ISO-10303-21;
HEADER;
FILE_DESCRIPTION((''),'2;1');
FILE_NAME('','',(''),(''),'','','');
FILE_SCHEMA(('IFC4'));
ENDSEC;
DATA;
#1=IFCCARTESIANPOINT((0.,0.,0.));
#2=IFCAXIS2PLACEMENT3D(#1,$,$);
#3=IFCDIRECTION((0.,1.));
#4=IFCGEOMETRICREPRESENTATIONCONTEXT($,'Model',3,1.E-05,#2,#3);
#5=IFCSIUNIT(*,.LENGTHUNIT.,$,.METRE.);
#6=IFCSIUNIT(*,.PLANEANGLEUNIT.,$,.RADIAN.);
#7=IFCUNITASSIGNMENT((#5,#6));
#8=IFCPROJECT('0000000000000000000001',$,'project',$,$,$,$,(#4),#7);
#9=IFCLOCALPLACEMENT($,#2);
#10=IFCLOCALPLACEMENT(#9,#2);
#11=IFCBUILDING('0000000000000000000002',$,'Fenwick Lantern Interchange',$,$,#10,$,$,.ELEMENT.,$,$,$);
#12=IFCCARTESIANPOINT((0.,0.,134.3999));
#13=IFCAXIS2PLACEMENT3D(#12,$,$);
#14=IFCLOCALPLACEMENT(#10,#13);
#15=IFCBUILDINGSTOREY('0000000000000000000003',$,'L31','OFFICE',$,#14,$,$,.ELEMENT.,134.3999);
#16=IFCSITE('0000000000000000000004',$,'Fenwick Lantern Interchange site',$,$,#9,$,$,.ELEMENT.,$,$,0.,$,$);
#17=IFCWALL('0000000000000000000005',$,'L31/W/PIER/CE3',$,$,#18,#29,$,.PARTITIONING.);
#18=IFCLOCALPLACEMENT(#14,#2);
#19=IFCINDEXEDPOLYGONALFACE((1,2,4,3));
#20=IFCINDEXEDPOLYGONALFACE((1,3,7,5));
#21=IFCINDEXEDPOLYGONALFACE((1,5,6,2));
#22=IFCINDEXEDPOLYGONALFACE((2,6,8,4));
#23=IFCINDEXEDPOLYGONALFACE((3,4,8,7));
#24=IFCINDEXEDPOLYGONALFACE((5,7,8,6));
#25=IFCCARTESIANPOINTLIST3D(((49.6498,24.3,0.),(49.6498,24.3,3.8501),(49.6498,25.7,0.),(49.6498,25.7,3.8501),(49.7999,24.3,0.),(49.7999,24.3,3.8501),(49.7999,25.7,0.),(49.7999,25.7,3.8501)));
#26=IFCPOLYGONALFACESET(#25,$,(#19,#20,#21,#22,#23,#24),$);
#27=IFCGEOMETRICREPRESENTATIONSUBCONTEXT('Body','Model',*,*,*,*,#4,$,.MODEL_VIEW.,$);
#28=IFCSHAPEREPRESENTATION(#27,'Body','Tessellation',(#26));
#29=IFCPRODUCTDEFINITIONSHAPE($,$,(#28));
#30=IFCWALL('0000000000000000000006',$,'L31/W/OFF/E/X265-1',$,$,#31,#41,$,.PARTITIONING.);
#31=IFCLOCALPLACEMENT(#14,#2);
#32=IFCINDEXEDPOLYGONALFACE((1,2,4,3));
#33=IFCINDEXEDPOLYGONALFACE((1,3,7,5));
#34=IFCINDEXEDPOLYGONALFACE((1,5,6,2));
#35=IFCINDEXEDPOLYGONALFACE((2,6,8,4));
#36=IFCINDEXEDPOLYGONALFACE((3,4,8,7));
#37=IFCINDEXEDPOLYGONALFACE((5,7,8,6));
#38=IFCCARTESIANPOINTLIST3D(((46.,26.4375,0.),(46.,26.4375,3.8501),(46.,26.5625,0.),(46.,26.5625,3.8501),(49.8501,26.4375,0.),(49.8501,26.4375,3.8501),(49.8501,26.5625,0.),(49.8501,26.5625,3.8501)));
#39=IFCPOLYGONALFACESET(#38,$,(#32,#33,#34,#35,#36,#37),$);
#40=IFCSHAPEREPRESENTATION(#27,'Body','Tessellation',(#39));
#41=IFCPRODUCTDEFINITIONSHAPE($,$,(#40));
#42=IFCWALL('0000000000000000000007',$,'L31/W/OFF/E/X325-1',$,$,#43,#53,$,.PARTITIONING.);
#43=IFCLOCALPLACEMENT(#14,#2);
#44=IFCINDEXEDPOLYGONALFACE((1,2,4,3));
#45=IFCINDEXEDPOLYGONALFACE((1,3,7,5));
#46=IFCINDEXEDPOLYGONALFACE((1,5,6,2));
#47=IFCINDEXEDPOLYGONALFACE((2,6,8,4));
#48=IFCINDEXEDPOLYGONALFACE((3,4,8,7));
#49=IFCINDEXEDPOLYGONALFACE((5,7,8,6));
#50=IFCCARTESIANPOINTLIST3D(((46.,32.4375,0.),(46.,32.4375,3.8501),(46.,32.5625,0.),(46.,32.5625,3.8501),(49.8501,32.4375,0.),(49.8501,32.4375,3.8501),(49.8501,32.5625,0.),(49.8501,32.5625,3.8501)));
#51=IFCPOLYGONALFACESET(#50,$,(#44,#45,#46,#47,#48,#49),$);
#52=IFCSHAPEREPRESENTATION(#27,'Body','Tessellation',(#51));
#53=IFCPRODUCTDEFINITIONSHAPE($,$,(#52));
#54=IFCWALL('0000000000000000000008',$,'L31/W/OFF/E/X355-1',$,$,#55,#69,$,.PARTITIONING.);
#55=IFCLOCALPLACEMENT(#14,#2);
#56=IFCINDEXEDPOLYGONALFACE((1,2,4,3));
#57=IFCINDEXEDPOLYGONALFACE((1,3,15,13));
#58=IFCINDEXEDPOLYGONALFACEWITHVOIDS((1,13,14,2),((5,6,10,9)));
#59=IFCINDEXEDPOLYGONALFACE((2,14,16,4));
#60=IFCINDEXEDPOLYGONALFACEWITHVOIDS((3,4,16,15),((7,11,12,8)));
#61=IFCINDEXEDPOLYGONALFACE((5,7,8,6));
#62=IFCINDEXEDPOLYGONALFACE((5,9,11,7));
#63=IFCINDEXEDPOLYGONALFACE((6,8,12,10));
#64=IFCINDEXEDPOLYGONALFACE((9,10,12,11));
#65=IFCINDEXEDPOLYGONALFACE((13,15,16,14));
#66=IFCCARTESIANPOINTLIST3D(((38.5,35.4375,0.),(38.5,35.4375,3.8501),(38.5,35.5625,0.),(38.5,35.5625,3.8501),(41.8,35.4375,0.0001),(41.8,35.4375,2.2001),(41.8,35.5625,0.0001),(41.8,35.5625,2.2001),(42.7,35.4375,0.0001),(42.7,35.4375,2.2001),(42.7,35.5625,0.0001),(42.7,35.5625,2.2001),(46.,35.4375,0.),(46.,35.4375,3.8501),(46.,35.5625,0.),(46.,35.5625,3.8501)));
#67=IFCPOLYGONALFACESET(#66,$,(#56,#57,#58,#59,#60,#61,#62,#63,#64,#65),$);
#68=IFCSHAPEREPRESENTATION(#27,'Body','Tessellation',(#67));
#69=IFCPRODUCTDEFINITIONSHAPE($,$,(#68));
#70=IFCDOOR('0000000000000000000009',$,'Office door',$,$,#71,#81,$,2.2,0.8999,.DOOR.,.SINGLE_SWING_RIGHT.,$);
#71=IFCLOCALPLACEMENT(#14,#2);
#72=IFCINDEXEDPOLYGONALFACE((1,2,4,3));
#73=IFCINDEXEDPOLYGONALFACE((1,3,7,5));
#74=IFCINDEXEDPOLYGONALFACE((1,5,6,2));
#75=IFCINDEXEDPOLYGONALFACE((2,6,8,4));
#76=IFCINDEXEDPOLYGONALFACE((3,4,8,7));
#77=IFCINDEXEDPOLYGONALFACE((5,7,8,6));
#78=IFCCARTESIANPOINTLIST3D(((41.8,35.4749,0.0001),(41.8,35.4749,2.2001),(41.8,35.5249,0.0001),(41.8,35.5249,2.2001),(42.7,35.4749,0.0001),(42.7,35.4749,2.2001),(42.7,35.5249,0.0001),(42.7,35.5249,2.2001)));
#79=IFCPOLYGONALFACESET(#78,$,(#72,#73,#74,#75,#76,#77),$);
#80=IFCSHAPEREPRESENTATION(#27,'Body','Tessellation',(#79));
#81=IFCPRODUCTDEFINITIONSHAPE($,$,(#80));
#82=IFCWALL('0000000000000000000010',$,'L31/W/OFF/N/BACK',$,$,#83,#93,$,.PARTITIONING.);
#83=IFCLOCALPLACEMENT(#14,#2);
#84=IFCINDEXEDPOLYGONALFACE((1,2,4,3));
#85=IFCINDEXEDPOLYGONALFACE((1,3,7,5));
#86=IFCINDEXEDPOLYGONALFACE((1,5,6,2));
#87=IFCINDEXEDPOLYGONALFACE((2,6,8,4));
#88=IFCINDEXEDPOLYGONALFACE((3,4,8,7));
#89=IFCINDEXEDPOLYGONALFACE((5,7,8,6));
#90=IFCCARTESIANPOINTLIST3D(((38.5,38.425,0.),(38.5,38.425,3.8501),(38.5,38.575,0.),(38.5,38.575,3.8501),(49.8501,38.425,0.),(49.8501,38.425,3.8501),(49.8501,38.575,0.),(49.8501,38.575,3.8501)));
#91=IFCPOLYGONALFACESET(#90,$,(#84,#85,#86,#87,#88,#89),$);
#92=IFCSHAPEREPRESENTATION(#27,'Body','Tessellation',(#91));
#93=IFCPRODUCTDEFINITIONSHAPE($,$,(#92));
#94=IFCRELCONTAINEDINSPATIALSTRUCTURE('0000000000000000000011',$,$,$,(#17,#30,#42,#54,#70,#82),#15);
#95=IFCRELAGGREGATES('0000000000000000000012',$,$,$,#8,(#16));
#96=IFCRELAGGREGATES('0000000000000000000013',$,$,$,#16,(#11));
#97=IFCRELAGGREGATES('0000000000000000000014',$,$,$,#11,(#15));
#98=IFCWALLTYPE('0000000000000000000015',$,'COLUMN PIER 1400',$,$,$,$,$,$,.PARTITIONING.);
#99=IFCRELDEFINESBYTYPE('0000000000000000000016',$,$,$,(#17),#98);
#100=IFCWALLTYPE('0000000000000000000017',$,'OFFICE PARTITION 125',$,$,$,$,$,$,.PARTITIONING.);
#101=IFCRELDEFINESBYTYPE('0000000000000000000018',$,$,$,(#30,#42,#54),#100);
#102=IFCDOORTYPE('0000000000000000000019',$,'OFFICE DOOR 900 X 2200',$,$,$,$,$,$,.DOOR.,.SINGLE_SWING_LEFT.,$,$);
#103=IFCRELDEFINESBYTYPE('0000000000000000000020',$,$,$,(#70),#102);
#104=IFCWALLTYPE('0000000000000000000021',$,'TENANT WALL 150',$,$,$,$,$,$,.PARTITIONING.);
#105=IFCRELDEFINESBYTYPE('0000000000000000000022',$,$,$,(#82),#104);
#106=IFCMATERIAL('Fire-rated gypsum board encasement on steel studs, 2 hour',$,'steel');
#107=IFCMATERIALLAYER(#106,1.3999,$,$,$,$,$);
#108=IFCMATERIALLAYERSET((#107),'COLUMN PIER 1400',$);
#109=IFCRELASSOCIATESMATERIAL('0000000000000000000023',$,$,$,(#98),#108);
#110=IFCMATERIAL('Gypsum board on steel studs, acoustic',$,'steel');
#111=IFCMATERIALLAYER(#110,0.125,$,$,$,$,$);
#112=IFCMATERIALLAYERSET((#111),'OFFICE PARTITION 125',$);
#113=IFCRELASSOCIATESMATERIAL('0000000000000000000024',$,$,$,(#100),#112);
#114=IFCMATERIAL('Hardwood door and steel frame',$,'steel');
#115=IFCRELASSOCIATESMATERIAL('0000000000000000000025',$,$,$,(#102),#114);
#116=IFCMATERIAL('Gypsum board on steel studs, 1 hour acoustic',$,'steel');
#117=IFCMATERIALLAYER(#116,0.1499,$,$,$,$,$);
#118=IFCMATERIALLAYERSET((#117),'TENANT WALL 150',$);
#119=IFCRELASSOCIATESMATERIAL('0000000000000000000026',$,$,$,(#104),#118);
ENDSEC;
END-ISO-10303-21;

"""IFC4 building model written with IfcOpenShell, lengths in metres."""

from ifc_helpers import new_model, si_unit, direction, frame, frame_2d, origin, place, context, subcontext, project, spatial, rectangle, extrude, material, layer, layer_set, type_object, element, fill, save


model = new_model("IFC4")

# Units and contexts
model_context = context("Model", 3, precision=1e-05, world=origin(), true_north=direction((0.0, 1.0)))
body_context = subcontext(model_context, "Body", "Model", "MODEL_VIEW")
ifc_project = project(units=[si_unit("LENGTHUNIT", "METRE"), si_unit("PLANEANGLEUNIT", "RADIAN")], contexts=[model_context])

# Site, building, storey
site_placement = place(None, origin())
site = spatial("IfcSite", under=ifc_project, at=site_placement, Name="Fenwick Lantern Interchange site", CompositionType="ELEMENT", RefElevation=0.0)
building_placement = place(site_placement, origin())
building = spatial("IfcBuilding", under=site, at=building_placement, Name="Fenwick Lantern Interchange", CompositionType="ELEMENT")
storey_placement = place(building_placement, frame((0.0, 0.0, 134.3999)))
storey = spatial("IfcBuildingStorey", under=building, at=storey_placement, Name="L31", Description="OFFICE", CompositionType="ELEMENT", Elevation=134.3999)

# Walls
ifc_material_1 = material(Name="Fire-rated gypsum board encasement on steel studs, 2 hour", Category="steel")
ifc_layer_1 = layer(ifc_material_1, 1.3999)
ifc_layer_set_1 = layer_set([ifc_layer_1], Name="COLUMN PIER 1400")
wall_type_1 = type_object("IfcWallType", Name="COLUMN PIER 1400", PredefinedType="PARTITIONING", material=ifc_layer_set_1)
wall_1_placement = place(storey_placement, frame((49.8, 25.0, 0.0), z_axis=(0.0, 0.0, 1.0), x_axis=(-1.0, 0.0, 0.0)))
element("IfcWall", 1, at=wall_1_placement, inside=storey, type_object=wall_type_1, Name="L31/W/PIER/CE3", PredefinedType="PARTITIONING", context=body_context, shape_type="SweptSolid", body=[
    extrude(rectangle(XDim=0.1501, YDim=1.3999, at=frame_2d((0.0752, 0.0))), origin(), (0.0, 0.0, 1.0), 3.8501),
])
ifc_material_2 = material(Name="Gypsum board on steel studs, acoustic", Category="steel")
ifc_layer_2 = layer(ifc_material_2, 0.125)
ifc_layer_set_2 = layer_set([ifc_layer_2], Name="OFFICE PARTITION 125")
wall_type_2 = type_object("IfcWallType", Name="OFFICE PARTITION 125", PredefinedType="PARTITIONING", material=ifc_layer_set_2)
for number, where, z_axis, x_axis, name in (
    (2, (49.8501, 26.5, 0.0), (0.0, 0.0, 1.0), (-1.0, 0.0, 0.0), "L31/W/OFF/E/X265-1"),
    (3, (49.8501, 32.5, 0.0), (0.0, 0.0, 1.0), (-1.0, 0.0, 0.0), "L31/W/OFF/E/X325-1"),
):
    element("IfcWall", number, at=place(storey_placement, frame(where, z_axis=z_axis, x_axis=x_axis)), inside=storey, type_object=wall_type_2, Name=name, PredefinedType="PARTITIONING", context=body_context, shape_type="SweptSolid", body=[
        extrude(rectangle(XDim=3.8501, YDim=0.125, at=frame_2d((1.925, 0.0))), origin(), (0.0, 0.0, 1.0), 3.8501),
    ])

# Wall, opening, door
wall_2_placement = place(storey_placement, frame((46.0, 35.5, 0.0), z_axis=(0.0, 0.0, 1.0), x_axis=(-1.0, 0.0, 0.0)))
wall_2 = element("IfcWall", 4, at=wall_2_placement, inside=storey, type_object=wall_type_2, Name="L31/W/OFF/E/X355-1", PredefinedType="PARTITIONING", context=body_context, shape_type="SweptSolid", body=[
    extrude(rectangle(XDim=7.5, YDim=0.125, at=frame_2d((3.75, 0.0))), origin(), (0.0, 0.0, 1.0), 3.8501),
])
opening_placement = place(wall_2_placement, frame((3.3, 0.0, 0.0)))
opening = element("IfcOpeningElement", 5, at=opening_placement, cuts=wall_2, PredefinedType="OPENING", context=body_context, shape_type="SweptSolid", body=[
    extrude(rectangle(XDim=0.8999, YDim=2.2, at=frame_2d((0.45, 1.1001))), frame((0.0, 0.0725, 0.0), z_axis=(0.0, -1.0, 0.0), x_axis=(1.0, 0.0, 0.0)), (0.0, 0.0, 1.0), 0.145),
])
ifc_material_3 = material(Name="Hardwood door and steel frame", Category="steel")
door_type = type_object("IfcDoorType", Name="OFFICE DOOR 900 X 2200", OperationType="SINGLE_SWING_LEFT", PredefinedType="DOOR", material=ifc_material_3)
door_placement = place(opening_placement, frame((0.8999, 0.0, 0.0), z_axis=(0.0, 0.0, 1.0), x_axis=(-1.0, 0.0, 0.0)))
door = element("IfcDoor", 6, at=door_placement, inside=storey, type_object=door_type, Name="Office door", OperationType="SINGLE_SWING_RIGHT", OverallHeight=2.2, OverallWidth=0.8999, PredefinedType="DOOR", context=body_context, shape_type="SweptSolid", body=[
    extrude(rectangle(XDim=0.8999, YDim=2.2, at=frame_2d((0.45, 1.1001))), frame((0.0, 0.0249, 0.0), z_axis=(0.0, -1.0, 0.0), x_axis=(1.0, 0.0, 0.0)), (0.0, 0.0, 1.0), 0.05),
])
fill(opening, door)

# Wall
ifc_material_4 = material(Name="Gypsum board on steel studs, 1 hour acoustic", Category="steel")
ifc_layer_3 = layer(ifc_material_4, 0.1499)
ifc_layer_set_3 = layer_set([ifc_layer_3], Name="TENANT WALL 150")
wall_type_3 = type_object("IfcWallType", Name="TENANT WALL 150", PredefinedType="PARTITIONING", material=ifc_layer_set_3)
wall_3_placement = place(storey_placement, frame((49.8501, 38.5, 0.0), z_axis=(0.0, 0.0, 1.0), x_axis=(-1.0, 0.0, 0.0)))
element("IfcWall", 7, at=wall_3_placement, inside=storey, type_object=wall_type_3, Name="L31/W/OFF/N/BACK", PredefinedType="PARTITIONING", context=body_context, shape_type="SweptSolid", body=[
    extrude(rectangle(XDim=11.3501, YDim=0.1499, at=frame_2d((5.675, 0.0))), origin(), (0.0, 0.0, 1.0), 3.8501),
])

save(model, "model.ifc")
